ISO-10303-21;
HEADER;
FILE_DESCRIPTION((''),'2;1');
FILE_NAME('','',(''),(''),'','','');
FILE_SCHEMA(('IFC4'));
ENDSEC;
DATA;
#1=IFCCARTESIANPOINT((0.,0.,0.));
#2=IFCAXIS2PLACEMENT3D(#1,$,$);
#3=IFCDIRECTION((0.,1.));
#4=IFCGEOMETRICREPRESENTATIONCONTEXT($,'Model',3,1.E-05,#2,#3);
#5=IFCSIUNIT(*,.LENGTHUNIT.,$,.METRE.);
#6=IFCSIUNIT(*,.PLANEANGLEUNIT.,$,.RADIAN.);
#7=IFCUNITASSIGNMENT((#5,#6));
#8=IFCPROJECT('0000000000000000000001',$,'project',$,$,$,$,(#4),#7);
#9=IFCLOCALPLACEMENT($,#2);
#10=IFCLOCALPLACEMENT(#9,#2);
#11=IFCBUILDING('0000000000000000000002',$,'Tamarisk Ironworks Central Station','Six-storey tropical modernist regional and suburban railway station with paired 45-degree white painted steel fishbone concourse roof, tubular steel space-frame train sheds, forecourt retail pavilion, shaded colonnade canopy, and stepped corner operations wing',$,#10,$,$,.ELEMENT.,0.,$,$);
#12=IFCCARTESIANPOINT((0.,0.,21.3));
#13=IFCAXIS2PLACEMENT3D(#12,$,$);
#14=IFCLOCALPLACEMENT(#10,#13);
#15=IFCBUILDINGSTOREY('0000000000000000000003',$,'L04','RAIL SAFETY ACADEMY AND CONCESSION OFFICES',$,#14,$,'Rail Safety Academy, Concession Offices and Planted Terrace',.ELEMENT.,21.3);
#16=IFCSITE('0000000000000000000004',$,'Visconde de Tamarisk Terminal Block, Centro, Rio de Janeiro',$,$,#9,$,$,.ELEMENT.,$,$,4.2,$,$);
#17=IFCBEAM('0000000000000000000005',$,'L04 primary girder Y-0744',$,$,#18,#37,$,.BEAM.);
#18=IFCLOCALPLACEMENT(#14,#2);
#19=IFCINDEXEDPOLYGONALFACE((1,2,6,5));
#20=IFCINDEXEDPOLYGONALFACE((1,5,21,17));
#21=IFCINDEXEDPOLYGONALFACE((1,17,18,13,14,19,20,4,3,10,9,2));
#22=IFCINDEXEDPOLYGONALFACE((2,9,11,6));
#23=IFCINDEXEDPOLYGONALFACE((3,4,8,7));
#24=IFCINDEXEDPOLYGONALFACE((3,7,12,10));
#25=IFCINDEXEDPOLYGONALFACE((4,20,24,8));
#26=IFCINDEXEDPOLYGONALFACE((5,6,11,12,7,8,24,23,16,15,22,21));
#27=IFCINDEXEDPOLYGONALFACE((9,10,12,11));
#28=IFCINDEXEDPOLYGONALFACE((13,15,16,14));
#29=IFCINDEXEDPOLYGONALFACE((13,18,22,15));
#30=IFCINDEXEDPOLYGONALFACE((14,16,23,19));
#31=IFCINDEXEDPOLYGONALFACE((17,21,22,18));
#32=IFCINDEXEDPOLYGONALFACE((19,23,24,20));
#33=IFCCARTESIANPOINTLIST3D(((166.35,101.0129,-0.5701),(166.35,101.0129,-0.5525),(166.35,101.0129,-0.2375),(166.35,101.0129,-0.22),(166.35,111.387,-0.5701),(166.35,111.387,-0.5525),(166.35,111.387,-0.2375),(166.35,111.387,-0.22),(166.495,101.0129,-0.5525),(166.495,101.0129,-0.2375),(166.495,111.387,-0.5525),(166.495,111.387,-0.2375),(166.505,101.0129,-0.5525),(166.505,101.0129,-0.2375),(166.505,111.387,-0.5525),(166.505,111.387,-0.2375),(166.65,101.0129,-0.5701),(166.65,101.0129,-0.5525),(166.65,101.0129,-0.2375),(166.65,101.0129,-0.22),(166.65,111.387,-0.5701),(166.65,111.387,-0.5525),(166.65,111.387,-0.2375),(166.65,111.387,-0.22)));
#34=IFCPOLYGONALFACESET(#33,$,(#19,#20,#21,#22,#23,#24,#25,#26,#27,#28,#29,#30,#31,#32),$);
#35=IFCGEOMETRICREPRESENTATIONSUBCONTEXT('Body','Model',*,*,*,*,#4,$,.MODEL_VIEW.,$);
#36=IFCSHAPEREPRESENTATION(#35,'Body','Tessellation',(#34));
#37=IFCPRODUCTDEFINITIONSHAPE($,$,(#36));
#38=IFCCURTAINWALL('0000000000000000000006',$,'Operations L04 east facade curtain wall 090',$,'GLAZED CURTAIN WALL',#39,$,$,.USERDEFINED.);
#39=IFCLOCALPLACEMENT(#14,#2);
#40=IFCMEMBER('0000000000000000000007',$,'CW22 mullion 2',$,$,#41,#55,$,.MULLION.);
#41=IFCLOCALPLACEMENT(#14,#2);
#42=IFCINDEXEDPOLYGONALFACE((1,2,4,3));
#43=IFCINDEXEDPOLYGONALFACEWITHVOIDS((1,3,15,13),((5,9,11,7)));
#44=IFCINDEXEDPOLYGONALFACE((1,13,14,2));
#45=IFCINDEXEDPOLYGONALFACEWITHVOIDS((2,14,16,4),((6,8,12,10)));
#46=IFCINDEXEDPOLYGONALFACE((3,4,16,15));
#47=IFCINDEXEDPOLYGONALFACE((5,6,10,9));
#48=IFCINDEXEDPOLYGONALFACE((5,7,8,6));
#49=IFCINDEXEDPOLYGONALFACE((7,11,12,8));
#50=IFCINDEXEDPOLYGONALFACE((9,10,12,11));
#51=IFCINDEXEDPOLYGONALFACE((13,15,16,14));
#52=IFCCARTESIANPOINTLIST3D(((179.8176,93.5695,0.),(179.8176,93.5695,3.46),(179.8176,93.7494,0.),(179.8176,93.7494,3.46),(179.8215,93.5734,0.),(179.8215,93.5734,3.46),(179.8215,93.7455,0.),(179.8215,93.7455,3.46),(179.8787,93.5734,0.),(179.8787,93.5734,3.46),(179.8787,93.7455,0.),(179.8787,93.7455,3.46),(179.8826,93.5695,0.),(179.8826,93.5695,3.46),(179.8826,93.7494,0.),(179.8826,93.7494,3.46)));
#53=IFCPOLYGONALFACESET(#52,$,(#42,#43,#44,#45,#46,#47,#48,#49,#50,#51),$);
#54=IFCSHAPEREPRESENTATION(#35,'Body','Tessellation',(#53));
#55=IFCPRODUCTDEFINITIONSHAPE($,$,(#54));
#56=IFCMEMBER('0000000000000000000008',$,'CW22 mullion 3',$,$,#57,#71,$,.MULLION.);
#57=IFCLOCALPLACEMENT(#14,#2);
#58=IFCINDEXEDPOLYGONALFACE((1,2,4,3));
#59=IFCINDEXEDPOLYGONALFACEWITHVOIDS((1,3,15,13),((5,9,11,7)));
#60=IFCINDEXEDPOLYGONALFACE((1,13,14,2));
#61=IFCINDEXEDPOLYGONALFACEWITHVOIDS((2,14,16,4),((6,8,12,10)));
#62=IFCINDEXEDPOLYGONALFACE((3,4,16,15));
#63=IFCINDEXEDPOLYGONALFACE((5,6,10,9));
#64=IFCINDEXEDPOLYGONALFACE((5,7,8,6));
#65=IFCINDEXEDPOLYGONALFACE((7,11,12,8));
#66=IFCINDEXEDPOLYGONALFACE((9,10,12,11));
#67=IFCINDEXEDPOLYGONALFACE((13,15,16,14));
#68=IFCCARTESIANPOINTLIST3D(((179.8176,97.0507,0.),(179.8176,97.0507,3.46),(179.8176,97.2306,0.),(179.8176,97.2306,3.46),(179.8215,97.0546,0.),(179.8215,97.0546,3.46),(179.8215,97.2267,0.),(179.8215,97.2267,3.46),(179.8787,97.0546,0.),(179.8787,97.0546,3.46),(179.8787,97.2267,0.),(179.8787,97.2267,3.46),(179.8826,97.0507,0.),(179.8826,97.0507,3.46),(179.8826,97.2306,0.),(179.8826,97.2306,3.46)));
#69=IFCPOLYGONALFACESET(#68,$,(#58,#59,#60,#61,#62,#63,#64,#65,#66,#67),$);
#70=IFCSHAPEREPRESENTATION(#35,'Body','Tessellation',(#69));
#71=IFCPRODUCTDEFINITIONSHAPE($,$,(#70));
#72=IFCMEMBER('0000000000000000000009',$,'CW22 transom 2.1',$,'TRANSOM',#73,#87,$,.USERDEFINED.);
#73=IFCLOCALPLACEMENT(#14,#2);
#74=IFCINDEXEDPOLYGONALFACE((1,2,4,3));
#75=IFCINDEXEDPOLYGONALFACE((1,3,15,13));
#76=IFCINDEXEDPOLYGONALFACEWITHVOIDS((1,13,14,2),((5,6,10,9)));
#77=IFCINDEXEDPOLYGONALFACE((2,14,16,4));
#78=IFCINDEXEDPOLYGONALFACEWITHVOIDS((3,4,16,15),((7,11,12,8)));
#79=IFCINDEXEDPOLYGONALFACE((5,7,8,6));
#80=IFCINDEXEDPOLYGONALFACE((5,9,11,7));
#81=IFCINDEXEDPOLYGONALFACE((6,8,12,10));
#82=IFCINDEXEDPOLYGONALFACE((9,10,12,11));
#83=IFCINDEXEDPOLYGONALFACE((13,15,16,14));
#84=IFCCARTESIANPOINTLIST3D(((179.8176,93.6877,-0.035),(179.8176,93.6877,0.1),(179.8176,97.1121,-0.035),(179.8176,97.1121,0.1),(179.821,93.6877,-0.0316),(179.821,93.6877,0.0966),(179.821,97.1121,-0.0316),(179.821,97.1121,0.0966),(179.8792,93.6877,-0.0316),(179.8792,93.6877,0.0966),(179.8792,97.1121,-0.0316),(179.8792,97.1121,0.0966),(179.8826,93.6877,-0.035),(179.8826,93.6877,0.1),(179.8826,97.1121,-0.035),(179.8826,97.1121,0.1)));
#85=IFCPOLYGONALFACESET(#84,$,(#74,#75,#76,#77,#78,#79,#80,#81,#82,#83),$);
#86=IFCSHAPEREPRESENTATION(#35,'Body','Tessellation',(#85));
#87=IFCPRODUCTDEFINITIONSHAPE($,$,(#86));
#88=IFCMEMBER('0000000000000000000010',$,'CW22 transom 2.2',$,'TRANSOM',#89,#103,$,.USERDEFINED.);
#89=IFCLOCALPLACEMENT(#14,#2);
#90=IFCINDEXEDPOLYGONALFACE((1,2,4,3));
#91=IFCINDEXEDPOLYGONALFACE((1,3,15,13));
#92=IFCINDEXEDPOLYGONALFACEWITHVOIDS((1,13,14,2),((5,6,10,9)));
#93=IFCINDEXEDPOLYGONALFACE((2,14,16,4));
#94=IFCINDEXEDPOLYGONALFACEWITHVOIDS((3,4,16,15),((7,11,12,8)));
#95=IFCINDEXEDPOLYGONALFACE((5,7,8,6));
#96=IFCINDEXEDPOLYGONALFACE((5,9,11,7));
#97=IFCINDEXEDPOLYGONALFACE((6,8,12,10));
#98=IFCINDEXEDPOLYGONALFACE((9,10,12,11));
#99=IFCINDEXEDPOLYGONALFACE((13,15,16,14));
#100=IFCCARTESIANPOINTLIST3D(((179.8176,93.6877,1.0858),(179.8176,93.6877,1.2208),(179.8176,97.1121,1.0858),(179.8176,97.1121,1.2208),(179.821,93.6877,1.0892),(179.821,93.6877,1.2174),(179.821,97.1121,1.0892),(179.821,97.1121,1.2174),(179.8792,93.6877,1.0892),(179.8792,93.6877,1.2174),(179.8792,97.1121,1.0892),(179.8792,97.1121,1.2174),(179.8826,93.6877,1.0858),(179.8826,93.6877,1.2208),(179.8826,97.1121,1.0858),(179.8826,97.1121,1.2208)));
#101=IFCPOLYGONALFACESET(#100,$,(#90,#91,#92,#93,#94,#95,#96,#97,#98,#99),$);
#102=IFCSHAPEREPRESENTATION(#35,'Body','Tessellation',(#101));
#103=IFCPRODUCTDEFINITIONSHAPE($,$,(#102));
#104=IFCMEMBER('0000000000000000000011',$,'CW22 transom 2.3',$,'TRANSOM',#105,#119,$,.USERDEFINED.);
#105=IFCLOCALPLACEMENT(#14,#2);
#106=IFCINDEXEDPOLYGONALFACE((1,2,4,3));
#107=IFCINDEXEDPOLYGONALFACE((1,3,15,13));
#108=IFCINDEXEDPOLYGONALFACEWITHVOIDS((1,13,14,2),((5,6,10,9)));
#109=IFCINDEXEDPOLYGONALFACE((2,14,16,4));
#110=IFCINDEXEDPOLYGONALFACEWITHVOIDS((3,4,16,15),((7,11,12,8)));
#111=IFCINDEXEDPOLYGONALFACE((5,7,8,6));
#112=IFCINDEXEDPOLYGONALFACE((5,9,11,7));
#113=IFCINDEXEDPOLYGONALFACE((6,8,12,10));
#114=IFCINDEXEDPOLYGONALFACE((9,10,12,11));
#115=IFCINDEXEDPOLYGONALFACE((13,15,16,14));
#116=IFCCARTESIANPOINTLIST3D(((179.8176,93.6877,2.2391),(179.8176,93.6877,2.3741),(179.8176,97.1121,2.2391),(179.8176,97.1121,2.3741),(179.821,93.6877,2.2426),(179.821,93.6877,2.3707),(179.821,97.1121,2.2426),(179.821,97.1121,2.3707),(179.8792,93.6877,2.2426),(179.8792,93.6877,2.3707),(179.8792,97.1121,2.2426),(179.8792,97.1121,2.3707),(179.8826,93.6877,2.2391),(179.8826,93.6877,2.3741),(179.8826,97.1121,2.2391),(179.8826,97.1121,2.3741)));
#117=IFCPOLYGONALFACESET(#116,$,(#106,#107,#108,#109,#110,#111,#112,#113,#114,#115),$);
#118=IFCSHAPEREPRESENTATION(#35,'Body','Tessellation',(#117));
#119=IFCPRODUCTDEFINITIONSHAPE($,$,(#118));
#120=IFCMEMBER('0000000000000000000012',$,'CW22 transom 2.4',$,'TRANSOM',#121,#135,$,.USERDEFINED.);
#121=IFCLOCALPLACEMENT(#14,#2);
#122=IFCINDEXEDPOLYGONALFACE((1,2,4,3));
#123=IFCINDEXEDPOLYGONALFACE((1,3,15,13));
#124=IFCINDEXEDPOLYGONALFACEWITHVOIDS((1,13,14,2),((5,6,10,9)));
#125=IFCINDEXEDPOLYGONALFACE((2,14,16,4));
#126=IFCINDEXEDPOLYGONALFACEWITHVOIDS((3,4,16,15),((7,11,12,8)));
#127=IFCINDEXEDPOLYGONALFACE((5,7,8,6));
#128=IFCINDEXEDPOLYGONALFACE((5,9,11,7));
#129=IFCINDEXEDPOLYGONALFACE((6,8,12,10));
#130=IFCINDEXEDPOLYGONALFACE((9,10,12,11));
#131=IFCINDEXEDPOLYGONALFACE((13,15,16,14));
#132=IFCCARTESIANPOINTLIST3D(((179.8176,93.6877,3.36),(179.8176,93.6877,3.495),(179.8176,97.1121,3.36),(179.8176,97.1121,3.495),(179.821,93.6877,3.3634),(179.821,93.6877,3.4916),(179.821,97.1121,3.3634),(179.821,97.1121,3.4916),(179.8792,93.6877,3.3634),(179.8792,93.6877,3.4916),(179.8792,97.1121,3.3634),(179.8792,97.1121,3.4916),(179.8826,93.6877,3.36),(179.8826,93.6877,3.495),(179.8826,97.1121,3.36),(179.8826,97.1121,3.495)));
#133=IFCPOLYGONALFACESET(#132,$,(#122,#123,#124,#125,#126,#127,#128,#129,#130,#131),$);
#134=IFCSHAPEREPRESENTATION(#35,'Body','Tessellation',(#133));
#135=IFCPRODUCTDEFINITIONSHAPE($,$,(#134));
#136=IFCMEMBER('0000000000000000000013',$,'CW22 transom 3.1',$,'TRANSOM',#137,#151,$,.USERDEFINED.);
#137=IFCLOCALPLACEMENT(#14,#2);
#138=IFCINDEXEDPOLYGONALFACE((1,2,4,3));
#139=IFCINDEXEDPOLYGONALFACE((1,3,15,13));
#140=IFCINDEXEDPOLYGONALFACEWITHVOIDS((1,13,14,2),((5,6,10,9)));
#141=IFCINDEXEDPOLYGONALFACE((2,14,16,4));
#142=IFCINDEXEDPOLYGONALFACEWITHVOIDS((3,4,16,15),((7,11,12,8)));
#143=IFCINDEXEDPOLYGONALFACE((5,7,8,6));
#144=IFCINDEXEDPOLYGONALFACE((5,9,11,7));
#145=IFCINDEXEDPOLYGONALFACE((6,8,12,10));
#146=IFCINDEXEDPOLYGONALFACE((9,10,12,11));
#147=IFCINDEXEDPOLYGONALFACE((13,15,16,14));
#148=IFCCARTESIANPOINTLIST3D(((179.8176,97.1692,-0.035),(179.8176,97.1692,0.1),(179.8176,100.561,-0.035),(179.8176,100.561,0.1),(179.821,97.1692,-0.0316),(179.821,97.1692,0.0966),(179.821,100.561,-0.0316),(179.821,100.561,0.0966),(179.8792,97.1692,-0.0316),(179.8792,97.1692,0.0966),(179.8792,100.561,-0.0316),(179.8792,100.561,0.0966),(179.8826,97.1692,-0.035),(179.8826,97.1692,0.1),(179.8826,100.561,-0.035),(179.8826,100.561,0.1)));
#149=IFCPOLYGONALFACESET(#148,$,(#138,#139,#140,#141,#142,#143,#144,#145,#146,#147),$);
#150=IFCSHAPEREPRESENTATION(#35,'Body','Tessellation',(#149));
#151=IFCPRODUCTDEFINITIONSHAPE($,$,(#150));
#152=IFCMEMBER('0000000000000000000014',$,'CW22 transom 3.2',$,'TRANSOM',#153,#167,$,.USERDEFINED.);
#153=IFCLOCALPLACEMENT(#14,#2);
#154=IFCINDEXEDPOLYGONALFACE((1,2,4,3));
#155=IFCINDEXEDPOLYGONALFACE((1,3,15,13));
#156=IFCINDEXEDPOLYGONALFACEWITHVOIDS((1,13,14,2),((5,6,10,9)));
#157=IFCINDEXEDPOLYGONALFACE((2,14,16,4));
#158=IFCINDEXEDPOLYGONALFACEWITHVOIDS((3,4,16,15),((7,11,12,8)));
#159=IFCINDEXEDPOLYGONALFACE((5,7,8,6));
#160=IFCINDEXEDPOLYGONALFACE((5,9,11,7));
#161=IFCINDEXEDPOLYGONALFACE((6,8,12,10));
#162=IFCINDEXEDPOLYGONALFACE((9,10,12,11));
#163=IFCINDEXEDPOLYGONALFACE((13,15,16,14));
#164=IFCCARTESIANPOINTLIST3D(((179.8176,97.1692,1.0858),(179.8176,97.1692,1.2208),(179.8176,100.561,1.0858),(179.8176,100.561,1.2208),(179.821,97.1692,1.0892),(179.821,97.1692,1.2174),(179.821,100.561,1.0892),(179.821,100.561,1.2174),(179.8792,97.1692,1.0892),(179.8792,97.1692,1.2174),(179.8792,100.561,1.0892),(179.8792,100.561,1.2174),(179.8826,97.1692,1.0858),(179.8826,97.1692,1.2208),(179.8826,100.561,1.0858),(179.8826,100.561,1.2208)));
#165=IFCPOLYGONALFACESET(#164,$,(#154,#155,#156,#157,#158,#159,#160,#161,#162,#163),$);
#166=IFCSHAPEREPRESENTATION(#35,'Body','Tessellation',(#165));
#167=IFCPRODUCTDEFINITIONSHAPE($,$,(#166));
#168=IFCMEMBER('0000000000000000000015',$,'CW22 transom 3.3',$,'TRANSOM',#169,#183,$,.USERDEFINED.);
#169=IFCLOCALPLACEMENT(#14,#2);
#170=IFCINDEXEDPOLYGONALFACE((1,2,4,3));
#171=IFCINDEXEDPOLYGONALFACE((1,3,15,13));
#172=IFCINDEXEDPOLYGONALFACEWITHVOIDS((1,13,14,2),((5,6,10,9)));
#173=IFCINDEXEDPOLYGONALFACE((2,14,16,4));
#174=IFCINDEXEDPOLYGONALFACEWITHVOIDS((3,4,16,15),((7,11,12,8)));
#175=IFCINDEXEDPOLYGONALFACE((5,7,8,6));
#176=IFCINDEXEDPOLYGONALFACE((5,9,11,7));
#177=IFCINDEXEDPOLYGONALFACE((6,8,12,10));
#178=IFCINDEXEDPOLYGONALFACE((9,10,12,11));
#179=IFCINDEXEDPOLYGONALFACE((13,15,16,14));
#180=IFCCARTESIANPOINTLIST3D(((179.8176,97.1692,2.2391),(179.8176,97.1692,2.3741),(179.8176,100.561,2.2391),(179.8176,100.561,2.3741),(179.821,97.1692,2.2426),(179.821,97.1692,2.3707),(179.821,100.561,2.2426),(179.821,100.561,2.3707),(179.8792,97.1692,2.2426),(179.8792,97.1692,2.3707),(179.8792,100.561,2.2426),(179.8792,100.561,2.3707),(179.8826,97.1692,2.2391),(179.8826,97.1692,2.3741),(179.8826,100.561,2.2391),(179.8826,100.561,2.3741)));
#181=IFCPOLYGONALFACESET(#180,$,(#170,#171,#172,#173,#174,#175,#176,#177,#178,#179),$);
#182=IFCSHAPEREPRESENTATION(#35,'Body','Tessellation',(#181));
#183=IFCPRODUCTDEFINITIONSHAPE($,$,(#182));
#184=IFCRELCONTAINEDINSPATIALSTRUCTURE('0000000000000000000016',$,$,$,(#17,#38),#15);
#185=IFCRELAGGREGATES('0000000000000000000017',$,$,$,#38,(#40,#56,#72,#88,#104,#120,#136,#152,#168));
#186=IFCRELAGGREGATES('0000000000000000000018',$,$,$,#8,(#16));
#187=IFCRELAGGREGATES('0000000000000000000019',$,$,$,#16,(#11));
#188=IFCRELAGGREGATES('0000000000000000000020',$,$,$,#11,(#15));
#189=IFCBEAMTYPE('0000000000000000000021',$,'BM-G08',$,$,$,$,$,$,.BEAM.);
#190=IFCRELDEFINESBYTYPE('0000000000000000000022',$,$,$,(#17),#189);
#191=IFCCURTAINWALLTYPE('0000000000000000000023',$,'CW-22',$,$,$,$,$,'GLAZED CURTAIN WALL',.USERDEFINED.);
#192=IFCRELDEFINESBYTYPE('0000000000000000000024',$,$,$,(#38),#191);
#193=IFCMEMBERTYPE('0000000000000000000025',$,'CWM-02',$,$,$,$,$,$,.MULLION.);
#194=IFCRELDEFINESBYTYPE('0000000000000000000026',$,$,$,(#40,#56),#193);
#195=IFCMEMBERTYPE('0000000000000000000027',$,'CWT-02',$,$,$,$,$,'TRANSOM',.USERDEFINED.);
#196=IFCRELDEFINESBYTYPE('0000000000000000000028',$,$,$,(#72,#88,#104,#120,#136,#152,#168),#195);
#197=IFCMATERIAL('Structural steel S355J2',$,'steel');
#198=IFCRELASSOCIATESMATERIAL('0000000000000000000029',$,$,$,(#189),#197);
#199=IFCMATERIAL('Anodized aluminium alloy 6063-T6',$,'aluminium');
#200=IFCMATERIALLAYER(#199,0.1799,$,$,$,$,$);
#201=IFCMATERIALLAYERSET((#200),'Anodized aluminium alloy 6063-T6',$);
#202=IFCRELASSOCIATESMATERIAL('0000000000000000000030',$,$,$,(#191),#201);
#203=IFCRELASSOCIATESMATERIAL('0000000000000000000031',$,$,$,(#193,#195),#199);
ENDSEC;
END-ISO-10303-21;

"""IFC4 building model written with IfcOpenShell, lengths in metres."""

from ifc_helpers import new_model, si_unit, direction, frame, origin, origin_2d, place, context, subcontext, project, spatial, hollow_rectangle, i_section, extrude, material, layer, layer_set, material_profile, profile_set, type_object, element, aggregate, save


model = new_model("IFC4")

# Units and contexts
model_context = context("Model", 3, precision=1e-05, world=origin(), true_north=direction((0.0, 1.0)))
body_context = subcontext(model_context, "Body", "Model", "MODEL_VIEW")
ifc_project = project(units=[si_unit("LENGTHUNIT", "METRE"), si_unit("PLANEANGLEUNIT", "RADIAN")], contexts=[model_context])

# Site, building, storey
site_placement = place(None, origin())
site = spatial("IfcSite", under=ifc_project, at=site_placement, Name="Visconde de Tamarisk Terminal Block, Centro, Rio de Janeiro", CompositionType="ELEMENT", RefElevation=4.2)
building_placement = place(site_placement, origin())
building = spatial("IfcBuilding", under=site, at=building_placement, Name="Tamarisk Ironworks Central Station", Description="Six-storey tropical modernist regional and suburban railway station with paired 45-degree white painted steel fishbone concourse roof, tubular steel space-frame train sheds, forecourt retail pavilion, shaded colonnade canopy, and stepped corner operations wing", CompositionType="ELEMENT", ElevationOfRefHeight=0.0)
storey_placement = place(building_placement, frame((0.0, 0.0, 21.3)))
storey = spatial("IfcBuildingStorey", under=building, at=storey_placement, Name="L04", Description="RAIL SAFETY ACADEMY AND CONCESSION OFFICES", LongName="Rail Safety Academy, Concession Offices and Planted Terrace", CompositionType="ELEMENT", Elevation=21.3)

# Shared definitions
ifc_material_1 = material(Name="Structural steel S355J2", Category="steel")

# Beam
ifc_material_profile_1 = material_profile(ifc_material_1, i_section(OverallWidth=0.3, OverallDepth=0.3501, WebThickness=0.01, FlangeThickness=0.0176, at=origin_2d()), Name="HEA 360")
ifc_profile_set_1 = profile_set([ifc_material_profile_1], Name="Structural steel S355J2")
beam_type_1 = type_object("IfcBeamType", Name="BM-G08", PredefinedType="BEAM", material=ifc_profile_set_1)
beam_1_placement = place(storey_placement, frame((166.5, 101.0129, -0.395), z_axis=(0.0, 1.0, 0.0), x_axis=(-1.0, 0.0, 0.0)))
element("IfcBeam", 1, at=beam_1_placement, inside=storey, type_object=beam_type_1, Name="L04 primary girder Y-0744", PredefinedType="BEAM", context=body_context, shape_type="SweptSolid", body=[
    extrude(i_section(OverallWidth=0.3, OverallDepth=0.3501, WebThickness=0.01, FlangeThickness=0.0176, at=origin_2d()), origin(), (0.0, 0.0, 1.0), 10.374),
])

# Curtain wall, members
ifc_material_2 = material(Name="Anodized aluminium alloy 6063-T6", Category="aluminium")
ifc_layer_1 = layer(ifc_material_2, 0.1799)
ifc_layer_set_1 = layer_set([ifc_layer_1], Name="Anodized aluminium alloy 6063-T6")
curtain_wall_type = type_object("IfcCurtainWallType", Name="CW-22", ElementType="GLAZED CURTAIN WALL", PredefinedType="USERDEFINED", material=ifc_layer_set_1)
curtain_wall_placement = place(storey_placement, origin())
curtain_wall = element("IfcCurtainWall", 2, at=curtain_wall_placement, inside=storey, type_object=curtain_wall_type, Name="Operations L04 east facade curtain wall 090", ObjectType="GLAZED CURTAIN WALL", PredefinedType="USERDEFINED")
ifc_material_profile_2 = material_profile(ifc_material_2, hollow_rectangle(XDim=0.0649, YDim=0.1799, WallThickness=0.0039, at=origin_2d()), Name="ALUM 180x65")
ifc_profile_set_2 = profile_set([ifc_material_profile_2], Name="Anodized aluminium alloy 6063-T6")
member_type_1 = type_object("IfcMemberType", Name="CWM-02", PredefinedType="MULLION", material=ifc_profile_set_2)
member_1_placement = place(storey_placement, frame((179.8501, 93.6594, 0.0), z_axis=(0.0, 0.0, 1.0), x_axis=(-1.0, 0.0, 0.0)))
member_1 = element("IfcMember", 3, at=member_1_placement, type_object=member_type_1, Name="CW22 mullion 2", PredefinedType="MULLION", context=body_context, shape_type="SweptSolid", body=[
    extrude(hollow_rectangle(XDim=0.0649, YDim=0.1799, WallThickness=0.0039, at=origin_2d()), origin(), (0.0, 0.0, 1.0), 3.46),
])
member_2_placement = place(storey_placement, frame((179.8501, 97.1406, 0.0), z_axis=(0.0, 0.0, 1.0), x_axis=(-1.0, 0.0, 0.0)))
member_2 = element("IfcMember", 4, at=member_2_placement, type_object=member_type_1, Name="CW22 mullion 3", PredefinedType="MULLION", context=body_context, shape_type="SweptSolid", body=[
    extrude(hollow_rectangle(XDim=0.0649, YDim=0.1799, WallThickness=0.0039, at=origin_2d()), origin(), (0.0, 0.0, 1.0), 3.46),
])
ifc_material_profile_3 = material_profile(ifc_material_2, hollow_rectangle(XDim=0.0649, YDim=0.135, WallThickness=0.0034, at=origin_2d()), Name="ALUM 135x65")
ifc_profile_set_3 = profile_set([ifc_material_profile_3], Name="Anodized aluminium alloy 6063-T6")
member_type_2 = type_object("IfcMemberType", Name="CWT-02", ElementType="TRANSOM", PredefinedType="USERDEFINED", material=ifc_profile_set_3)
member_3_placement = place(storey_placement, frame((179.8501, 93.6877, 0.0325), z_axis=(0.0, 1.0, 0.0), x_axis=(-1.0, 0.0, 0.0)))
member_3 = element("IfcMember", 5, at=member_3_placement, type_object=member_type_2, Name="CW22 transom 2.1", ObjectType="TRANSOM", PredefinedType="USERDEFINED", context=body_context, shape_type="SweptSolid", body=[
    extrude(hollow_rectangle(XDim=0.0649, YDim=0.135, WallThickness=0.0034, at=origin_2d()), origin(), (0.0, 0.0, 1.0), 3.4243),
])
member_4_placement = place(storey_placement, frame((179.8501, 93.6877, 1.1533), z_axis=(0.0, 1.0, 0.0), x_axis=(-1.0, 0.0, 0.0)))
member_4 = element("IfcMember", 6, at=member_4_placement, type_object=member_type_2, Name="CW22 transom 2.2", ObjectType="TRANSOM", PredefinedType="USERDEFINED", context=body_context, shape_type="SweptSolid", body=[
    extrude(hollow_rectangle(XDim=0.0649, YDim=0.135, WallThickness=0.0034, at=origin_2d()), origin(), (0.0, 0.0, 1.0), 3.4243),
])
member_5_placement = place(storey_placement, frame((179.8501, 93.6877, 2.3066), z_axis=(0.0, 1.0, 0.0), x_axis=(-1.0, 0.0, 0.0)))
member_5 = element("IfcMember", 7, at=member_5_placement, type_object=member_type_2, Name="CW22 transom 2.3", ObjectType="TRANSOM", PredefinedType="USERDEFINED", context=body_context, shape_type="SweptSolid", body=[
    extrude(hollow_rectangle(XDim=0.0649, YDim=0.135, WallThickness=0.0034, at=origin_2d()), origin(), (0.0, 0.0, 1.0), 3.4243),
])
member_6_placement = place(storey_placement, frame((179.8501, 93.6877, 3.4275), z_axis=(0.0, 1.0, 0.0), x_axis=(-1.0, 0.0, 0.0)))
member_6 = element("IfcMember", 8, at=member_6_placement, type_object=member_type_2, Name="CW22 transom 2.4", ObjectType="TRANSOM", PredefinedType="USERDEFINED", context=body_context, shape_type="SweptSolid", body=[
    extrude(hollow_rectangle(XDim=0.0649, YDim=0.135, WallThickness=0.0034, at=origin_2d()), origin(), (0.0, 0.0, 1.0), 3.4243),
])
member_7_placement = place(storey_placement, frame((179.8501, 97.1692, 0.0325), z_axis=(0.0, 1.0, 0.0), x_axis=(-1.0, 0.0, 0.0)))
member_7 = element("IfcMember", 9, at=member_7_placement, type_object=member_type_2, Name="CW22 transom 3.1", ObjectType="TRANSOM", PredefinedType="USERDEFINED", context=body_context, shape_type="SweptSolid", body=[
    extrude(hollow_rectangle(XDim=0.0649, YDim=0.135, WallThickness=0.0034, at=origin_2d()), origin(), (0.0, 0.0, 1.0), 3.3918),
])
member_8_placement = place(storey_placement, frame((179.8501, 97.1692, 1.1533), z_axis=(0.0, 1.0, 0.0), x_axis=(-1.0, 0.0, 0.0)))
member_8 = element("IfcMember", 10, at=member_8_placement, type_object=member_type_2, Name="CW22 transom 3.2", ObjectType="TRANSOM", PredefinedType="USERDEFINED", context=body_context, shape_type="SweptSolid", body=[
    extrude(hollow_rectangle(XDim=0.0649, YDim=0.135, WallThickness=0.0034, at=origin_2d()), origin(), (0.0, 0.0, 1.0), 3.3918),
])
member_9_placement = place(storey_placement, frame((179.8501, 97.1692, 2.3066), z_axis=(0.0, 1.0, 0.0), x_axis=(-1.0, 0.0, 0.0)))
member_9 = element("IfcMember", 11, at=member_9_placement, type_object=member_type_2, Name="CW22 transom 3.3", ObjectType="TRANSOM", PredefinedType="USERDEFINED", context=body_context, shape_type="SweptSolid", body=[
    extrude(hollow_rectangle(XDim=0.0649, YDim=0.135, WallThickness=0.0034, at=origin_2d()), origin(), (0.0, 0.0, 1.0), 3.3918),
])
aggregate(curtain_wall, [member_1, member_2, member_3, member_4, member_5, member_6, member_7, member_8, member_9])

save(model, "model.ifc")
